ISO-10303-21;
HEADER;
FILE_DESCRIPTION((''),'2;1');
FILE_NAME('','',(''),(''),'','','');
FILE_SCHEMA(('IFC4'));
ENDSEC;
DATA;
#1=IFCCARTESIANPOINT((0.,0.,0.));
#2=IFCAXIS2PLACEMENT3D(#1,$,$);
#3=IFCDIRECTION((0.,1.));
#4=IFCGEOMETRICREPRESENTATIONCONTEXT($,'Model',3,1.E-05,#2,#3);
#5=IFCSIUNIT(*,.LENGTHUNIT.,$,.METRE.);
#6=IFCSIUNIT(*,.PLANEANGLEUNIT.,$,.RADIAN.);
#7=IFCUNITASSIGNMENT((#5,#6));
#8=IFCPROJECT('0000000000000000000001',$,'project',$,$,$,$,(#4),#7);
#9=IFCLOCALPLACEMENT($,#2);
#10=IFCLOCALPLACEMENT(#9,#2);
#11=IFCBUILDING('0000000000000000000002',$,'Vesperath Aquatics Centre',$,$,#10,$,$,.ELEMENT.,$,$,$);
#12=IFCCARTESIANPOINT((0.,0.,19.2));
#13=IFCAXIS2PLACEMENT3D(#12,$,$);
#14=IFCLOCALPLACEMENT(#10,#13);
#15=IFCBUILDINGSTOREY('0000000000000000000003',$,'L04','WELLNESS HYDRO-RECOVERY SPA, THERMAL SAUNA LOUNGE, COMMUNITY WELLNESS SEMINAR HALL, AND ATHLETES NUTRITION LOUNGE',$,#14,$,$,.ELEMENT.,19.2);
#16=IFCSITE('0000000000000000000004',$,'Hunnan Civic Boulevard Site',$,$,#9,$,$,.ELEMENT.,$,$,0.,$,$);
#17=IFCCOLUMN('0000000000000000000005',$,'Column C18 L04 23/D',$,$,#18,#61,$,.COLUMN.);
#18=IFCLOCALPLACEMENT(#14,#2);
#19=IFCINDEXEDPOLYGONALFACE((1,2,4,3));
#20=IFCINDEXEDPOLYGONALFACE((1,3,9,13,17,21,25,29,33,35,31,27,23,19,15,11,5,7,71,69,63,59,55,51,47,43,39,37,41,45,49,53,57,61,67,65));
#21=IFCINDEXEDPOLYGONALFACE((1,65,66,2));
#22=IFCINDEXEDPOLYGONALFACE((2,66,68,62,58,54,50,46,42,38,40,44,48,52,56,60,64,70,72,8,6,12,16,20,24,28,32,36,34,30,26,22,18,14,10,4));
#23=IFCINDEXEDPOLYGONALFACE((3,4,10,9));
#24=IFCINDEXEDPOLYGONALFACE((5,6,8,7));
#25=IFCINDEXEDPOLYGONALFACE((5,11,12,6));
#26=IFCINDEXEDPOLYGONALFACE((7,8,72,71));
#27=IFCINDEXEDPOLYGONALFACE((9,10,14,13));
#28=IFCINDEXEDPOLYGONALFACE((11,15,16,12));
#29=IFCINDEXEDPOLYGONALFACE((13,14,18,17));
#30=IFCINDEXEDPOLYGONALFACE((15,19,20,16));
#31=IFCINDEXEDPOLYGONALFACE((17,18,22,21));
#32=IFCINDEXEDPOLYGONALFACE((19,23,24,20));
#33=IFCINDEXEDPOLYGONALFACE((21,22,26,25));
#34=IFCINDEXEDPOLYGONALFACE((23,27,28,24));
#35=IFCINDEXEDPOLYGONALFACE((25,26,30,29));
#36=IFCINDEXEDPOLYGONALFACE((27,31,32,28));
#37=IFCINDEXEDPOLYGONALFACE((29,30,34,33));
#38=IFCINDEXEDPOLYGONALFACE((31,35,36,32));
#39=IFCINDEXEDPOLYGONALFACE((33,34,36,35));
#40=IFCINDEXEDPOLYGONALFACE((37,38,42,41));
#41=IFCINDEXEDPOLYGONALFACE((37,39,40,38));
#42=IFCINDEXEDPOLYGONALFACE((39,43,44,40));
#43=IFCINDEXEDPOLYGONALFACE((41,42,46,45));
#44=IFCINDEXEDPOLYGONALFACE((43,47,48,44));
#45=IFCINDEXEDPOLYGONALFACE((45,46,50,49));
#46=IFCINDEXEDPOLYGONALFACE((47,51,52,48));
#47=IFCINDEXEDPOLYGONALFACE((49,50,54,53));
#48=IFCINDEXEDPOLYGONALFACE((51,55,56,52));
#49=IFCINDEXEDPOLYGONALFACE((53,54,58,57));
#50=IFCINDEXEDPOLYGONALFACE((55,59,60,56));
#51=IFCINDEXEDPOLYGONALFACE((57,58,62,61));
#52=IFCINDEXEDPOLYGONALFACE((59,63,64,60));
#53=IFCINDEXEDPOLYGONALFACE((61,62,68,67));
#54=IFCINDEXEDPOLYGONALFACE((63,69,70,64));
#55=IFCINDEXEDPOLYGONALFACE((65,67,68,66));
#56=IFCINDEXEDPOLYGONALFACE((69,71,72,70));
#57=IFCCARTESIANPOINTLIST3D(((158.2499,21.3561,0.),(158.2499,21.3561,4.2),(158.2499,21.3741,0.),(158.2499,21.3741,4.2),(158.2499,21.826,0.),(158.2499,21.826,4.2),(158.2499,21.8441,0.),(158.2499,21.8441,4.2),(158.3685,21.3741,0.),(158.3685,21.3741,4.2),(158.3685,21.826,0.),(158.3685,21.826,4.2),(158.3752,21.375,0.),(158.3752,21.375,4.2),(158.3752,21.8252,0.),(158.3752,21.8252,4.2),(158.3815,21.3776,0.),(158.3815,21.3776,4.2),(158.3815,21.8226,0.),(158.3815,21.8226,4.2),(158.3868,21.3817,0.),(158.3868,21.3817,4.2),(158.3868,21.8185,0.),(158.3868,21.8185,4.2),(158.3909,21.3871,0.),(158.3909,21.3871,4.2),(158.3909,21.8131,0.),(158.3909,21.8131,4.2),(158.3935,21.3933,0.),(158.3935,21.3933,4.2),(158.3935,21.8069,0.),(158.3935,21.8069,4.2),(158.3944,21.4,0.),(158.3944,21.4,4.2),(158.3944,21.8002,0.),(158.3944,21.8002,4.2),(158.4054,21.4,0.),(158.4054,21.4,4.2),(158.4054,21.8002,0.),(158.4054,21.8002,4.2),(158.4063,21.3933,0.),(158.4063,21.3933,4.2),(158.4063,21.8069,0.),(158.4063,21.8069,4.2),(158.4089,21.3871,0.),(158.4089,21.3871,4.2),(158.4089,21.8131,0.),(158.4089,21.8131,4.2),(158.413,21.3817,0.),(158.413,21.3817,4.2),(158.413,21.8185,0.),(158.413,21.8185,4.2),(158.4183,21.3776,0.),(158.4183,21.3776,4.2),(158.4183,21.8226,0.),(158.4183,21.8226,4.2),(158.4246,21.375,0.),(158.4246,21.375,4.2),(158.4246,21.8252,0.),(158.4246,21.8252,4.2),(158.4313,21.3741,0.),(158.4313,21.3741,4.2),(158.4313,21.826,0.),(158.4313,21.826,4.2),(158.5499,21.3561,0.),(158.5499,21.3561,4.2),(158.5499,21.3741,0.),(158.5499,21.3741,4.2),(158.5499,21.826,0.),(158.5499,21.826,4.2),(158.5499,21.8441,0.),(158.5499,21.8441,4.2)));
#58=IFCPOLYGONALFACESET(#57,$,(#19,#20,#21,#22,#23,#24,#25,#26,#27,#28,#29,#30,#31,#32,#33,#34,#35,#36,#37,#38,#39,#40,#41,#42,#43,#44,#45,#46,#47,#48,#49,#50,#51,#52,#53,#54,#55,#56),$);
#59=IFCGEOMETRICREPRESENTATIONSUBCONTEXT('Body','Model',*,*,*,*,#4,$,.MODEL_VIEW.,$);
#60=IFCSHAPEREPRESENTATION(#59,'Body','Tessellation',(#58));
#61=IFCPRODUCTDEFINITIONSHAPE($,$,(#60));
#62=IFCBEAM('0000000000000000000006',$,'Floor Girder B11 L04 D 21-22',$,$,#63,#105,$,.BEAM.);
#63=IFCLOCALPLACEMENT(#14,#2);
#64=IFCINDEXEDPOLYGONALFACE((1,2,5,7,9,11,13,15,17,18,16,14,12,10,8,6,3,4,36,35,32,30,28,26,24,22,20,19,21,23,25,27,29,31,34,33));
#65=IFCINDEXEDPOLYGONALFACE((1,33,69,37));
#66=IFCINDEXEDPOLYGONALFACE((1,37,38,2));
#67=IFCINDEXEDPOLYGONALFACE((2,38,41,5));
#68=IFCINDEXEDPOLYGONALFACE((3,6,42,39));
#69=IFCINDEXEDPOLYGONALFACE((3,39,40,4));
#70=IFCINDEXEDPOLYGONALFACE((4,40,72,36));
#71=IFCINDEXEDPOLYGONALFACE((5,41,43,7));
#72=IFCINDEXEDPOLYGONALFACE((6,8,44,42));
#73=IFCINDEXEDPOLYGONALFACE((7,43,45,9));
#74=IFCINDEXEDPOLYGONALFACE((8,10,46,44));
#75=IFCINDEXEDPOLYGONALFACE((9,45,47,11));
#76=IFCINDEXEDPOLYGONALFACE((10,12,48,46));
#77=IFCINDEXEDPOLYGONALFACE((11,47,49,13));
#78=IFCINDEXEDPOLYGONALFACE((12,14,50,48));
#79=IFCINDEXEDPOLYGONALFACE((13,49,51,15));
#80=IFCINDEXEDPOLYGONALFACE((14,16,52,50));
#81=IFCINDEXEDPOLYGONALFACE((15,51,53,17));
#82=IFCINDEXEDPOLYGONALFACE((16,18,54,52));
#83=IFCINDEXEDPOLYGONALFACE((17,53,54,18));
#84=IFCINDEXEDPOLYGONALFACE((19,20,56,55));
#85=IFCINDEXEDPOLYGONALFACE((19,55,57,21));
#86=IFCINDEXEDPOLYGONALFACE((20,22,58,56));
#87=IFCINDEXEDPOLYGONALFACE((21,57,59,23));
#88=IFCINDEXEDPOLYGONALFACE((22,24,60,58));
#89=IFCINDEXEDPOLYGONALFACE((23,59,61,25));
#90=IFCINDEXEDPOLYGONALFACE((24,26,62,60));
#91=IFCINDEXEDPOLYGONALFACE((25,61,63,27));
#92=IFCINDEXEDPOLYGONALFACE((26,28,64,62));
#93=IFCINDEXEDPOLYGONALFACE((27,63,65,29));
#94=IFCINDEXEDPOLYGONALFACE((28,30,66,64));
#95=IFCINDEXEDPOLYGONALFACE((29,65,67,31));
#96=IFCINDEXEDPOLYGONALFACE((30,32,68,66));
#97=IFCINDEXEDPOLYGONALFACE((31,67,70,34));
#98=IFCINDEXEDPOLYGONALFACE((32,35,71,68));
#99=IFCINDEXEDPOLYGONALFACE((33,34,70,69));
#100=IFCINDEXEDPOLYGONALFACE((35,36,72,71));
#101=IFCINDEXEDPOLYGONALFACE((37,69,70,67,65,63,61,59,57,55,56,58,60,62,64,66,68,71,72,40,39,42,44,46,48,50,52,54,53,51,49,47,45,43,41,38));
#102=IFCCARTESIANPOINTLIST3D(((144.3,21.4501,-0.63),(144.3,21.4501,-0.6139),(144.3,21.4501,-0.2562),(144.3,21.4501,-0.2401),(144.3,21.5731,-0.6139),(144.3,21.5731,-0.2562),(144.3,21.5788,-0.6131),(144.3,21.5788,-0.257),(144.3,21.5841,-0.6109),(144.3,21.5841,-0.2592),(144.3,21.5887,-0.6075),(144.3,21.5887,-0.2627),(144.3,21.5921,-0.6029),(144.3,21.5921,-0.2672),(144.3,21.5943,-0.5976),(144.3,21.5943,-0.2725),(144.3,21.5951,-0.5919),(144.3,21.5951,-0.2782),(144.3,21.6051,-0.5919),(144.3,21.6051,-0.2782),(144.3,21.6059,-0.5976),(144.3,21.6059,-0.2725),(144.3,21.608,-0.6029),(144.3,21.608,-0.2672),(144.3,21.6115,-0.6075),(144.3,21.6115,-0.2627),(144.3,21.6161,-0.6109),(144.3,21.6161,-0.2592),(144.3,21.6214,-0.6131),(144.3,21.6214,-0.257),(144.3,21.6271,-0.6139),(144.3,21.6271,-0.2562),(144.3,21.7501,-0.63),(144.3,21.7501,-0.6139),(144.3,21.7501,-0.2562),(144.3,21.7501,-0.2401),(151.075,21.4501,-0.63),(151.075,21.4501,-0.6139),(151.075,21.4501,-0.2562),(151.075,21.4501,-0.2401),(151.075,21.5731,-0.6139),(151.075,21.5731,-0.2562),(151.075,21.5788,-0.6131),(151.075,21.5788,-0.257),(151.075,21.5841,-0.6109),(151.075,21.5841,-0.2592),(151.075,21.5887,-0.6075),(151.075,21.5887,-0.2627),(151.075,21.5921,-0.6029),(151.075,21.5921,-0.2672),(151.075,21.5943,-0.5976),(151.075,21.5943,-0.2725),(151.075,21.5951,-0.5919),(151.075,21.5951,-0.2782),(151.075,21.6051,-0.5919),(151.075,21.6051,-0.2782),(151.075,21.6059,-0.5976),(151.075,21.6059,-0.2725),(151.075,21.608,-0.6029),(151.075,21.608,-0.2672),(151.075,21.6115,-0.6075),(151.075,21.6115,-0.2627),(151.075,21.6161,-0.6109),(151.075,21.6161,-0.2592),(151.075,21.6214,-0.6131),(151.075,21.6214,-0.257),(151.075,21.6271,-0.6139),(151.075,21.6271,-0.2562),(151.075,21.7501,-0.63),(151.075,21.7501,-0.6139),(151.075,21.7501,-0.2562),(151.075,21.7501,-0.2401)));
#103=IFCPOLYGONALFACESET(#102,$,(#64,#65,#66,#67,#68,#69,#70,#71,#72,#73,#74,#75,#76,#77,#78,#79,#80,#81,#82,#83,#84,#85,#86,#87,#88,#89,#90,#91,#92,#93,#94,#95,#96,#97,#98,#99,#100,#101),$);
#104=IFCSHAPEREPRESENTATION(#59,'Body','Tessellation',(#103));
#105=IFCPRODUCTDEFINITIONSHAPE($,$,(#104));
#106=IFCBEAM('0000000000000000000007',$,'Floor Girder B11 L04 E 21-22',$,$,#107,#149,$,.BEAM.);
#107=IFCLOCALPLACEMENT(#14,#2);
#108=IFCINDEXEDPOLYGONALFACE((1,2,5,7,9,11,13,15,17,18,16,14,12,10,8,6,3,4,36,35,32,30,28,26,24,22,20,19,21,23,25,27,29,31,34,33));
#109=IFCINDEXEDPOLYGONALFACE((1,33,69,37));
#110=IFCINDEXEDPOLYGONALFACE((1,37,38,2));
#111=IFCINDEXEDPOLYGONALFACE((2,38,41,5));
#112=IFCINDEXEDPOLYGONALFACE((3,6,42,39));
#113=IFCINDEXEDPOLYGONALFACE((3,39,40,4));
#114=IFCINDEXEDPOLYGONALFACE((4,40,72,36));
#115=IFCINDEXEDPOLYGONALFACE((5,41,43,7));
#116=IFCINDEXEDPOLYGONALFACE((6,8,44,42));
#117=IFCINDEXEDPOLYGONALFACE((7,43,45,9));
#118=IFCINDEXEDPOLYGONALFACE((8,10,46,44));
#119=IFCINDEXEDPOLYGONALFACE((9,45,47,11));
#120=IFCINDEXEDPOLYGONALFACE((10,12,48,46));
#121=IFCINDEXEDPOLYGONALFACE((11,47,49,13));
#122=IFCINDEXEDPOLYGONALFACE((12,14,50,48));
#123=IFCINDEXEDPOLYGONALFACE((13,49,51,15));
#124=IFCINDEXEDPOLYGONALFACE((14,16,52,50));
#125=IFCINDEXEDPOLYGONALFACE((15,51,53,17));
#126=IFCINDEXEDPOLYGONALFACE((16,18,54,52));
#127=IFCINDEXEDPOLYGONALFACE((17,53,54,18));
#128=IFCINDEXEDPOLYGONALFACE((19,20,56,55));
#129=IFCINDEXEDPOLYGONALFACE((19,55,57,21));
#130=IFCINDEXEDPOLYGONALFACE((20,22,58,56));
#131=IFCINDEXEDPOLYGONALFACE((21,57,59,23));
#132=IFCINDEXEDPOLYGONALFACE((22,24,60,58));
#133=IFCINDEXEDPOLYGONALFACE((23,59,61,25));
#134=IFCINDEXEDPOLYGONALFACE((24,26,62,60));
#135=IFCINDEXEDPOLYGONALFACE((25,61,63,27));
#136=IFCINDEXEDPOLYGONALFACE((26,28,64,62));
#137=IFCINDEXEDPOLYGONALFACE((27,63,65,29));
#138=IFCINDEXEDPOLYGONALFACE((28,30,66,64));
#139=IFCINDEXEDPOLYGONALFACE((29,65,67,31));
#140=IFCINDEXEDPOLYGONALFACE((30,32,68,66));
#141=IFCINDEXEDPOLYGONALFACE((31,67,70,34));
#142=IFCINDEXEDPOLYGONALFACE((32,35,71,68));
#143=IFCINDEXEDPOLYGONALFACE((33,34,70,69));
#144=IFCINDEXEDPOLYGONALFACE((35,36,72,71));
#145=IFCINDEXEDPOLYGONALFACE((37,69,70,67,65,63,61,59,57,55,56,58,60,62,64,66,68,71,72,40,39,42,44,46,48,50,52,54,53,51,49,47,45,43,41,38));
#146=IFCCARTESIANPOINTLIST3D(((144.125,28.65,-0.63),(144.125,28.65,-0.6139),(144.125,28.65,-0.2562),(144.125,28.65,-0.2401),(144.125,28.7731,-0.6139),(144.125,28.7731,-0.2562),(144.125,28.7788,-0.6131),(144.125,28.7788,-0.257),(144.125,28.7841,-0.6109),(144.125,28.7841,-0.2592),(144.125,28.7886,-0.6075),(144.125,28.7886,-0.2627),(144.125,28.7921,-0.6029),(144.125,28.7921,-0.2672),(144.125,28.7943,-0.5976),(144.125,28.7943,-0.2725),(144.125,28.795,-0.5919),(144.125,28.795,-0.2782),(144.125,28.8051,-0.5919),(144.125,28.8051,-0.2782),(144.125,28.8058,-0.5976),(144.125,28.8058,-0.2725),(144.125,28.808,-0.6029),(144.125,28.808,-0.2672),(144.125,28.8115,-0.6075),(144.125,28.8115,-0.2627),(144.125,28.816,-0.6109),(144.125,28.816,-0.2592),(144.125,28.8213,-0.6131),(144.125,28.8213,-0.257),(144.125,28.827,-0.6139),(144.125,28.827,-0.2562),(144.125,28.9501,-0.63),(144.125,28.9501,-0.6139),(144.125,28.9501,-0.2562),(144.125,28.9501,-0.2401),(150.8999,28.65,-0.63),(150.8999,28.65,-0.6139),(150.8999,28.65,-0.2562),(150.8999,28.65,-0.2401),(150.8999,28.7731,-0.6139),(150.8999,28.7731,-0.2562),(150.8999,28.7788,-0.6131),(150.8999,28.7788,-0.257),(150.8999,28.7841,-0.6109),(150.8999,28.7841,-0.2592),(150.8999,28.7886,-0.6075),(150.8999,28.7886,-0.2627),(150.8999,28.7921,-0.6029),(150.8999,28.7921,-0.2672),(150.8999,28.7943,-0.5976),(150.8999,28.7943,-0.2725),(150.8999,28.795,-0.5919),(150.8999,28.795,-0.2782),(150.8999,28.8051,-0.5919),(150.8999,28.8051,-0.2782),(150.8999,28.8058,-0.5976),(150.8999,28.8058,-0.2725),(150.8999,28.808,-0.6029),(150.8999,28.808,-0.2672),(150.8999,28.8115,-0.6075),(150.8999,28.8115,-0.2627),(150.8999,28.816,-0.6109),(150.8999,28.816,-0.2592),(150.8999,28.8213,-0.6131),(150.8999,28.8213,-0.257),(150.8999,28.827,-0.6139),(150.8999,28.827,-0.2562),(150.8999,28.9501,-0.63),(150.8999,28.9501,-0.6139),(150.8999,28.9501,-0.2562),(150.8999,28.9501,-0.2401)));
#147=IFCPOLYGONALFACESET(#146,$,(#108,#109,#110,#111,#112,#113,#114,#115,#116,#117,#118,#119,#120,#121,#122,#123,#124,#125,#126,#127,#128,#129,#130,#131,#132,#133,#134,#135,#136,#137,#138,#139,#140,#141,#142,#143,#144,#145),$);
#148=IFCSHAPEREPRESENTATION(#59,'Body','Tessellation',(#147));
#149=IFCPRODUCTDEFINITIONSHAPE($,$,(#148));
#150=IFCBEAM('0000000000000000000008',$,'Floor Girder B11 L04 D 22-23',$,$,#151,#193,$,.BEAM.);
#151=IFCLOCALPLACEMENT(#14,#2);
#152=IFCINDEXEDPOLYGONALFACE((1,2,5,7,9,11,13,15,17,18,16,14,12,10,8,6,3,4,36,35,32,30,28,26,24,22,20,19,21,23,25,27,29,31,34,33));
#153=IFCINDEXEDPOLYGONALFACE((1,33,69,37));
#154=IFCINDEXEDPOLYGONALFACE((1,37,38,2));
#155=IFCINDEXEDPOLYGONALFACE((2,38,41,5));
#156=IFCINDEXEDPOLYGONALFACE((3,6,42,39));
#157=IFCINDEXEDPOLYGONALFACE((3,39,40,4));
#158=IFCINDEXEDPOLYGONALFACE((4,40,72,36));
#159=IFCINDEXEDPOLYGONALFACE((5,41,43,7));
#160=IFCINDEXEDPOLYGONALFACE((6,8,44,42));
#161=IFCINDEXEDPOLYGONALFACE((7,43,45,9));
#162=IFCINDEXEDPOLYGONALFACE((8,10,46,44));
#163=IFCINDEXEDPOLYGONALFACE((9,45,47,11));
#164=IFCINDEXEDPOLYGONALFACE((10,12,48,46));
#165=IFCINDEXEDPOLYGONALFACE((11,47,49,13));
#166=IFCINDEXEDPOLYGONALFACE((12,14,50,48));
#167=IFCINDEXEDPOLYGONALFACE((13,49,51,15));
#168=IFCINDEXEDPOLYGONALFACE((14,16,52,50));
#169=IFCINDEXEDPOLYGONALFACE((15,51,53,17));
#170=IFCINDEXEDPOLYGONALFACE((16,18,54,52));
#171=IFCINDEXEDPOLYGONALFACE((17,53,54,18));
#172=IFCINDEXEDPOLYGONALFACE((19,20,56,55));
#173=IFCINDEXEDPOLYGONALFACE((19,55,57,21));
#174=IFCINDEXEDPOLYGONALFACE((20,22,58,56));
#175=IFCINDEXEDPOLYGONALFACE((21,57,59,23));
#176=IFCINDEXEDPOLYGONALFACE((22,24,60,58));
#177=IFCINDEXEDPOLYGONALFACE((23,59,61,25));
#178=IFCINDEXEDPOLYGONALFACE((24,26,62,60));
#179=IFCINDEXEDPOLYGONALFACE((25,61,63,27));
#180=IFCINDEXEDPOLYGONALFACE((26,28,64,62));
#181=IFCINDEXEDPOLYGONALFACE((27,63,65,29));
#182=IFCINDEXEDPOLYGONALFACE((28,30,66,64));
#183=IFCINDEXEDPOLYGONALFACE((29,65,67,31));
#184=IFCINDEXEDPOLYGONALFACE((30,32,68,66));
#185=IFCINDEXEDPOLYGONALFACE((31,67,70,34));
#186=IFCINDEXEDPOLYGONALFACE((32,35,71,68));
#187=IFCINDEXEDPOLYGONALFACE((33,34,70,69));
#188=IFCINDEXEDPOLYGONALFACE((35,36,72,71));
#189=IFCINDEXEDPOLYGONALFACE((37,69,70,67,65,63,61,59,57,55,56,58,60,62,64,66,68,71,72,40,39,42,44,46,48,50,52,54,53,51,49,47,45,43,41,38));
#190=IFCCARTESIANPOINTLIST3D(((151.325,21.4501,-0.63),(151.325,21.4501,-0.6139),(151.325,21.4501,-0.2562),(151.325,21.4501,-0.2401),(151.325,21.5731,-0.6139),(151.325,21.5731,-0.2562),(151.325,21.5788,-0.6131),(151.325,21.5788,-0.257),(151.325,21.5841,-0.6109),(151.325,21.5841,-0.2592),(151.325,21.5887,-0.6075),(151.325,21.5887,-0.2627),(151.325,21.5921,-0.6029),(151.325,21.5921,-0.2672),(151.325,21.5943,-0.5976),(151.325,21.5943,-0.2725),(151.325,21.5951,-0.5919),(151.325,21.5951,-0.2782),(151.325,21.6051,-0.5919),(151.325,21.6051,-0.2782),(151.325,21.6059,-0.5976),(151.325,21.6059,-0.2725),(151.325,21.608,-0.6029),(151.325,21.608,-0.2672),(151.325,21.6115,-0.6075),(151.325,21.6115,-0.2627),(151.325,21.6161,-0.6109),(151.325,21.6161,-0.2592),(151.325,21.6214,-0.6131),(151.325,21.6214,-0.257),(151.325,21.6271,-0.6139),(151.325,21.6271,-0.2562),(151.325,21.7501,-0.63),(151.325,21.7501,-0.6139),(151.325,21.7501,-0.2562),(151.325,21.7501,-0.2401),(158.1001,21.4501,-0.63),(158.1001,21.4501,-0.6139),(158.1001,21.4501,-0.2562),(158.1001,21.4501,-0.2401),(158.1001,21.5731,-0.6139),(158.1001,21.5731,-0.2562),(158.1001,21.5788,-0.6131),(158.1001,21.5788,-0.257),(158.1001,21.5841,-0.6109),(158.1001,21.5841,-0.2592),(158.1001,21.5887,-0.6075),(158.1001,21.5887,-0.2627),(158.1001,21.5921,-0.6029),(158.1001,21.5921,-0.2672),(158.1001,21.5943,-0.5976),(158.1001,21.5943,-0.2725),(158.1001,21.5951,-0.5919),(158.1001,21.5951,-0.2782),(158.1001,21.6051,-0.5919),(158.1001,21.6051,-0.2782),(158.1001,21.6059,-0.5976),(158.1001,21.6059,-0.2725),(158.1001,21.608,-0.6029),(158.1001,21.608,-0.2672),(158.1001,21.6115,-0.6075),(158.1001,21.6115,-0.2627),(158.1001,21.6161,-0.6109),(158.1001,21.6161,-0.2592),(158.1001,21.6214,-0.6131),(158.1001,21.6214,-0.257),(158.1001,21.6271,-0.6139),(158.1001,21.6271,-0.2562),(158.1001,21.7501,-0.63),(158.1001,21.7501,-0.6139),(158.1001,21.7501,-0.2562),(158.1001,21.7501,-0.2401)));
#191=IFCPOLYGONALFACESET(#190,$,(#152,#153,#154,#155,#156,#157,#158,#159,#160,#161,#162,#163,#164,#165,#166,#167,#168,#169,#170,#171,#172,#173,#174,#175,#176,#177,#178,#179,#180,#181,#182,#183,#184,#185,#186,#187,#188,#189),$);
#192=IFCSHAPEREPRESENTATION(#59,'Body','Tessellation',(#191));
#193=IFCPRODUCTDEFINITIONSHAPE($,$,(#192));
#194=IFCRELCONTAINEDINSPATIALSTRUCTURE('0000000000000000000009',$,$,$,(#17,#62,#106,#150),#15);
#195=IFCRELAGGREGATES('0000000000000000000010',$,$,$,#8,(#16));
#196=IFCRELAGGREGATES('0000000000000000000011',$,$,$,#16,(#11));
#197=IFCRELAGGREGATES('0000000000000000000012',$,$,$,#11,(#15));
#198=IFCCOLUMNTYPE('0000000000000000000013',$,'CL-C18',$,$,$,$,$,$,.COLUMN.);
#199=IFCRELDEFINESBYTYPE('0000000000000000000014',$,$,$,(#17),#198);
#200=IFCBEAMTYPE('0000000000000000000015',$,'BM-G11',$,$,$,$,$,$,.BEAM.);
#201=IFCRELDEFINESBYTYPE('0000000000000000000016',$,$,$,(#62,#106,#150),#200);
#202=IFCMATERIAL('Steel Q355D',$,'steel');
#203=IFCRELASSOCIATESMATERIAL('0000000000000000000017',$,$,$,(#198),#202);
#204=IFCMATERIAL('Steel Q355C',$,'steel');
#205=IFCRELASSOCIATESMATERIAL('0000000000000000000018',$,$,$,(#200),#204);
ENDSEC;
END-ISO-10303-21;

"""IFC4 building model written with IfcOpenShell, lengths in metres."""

from ifc_helpers import new_model, si_unit, direction, frame, origin, origin_2d, place, context, subcontext, project, spatial, i_section, extrude, material, material_profile, profile_set, type_object, element, save


model = new_model("IFC4")

# Units and contexts
model_context = context("Model", 3, precision=1e-05, world=origin(), true_north=direction((0.0, 1.0)))
body_context = subcontext(model_context, "Body", "Model", "MODEL_VIEW")
ifc_project = project(units=[si_unit("LENGTHUNIT", "METRE"), si_unit("PLANEANGLEUNIT", "RADIAN")], contexts=[model_context])

# Site, building, storey
site_placement = place(None, origin())
site = spatial("IfcSite", under=ifc_project, at=site_placement, Name="Hunnan Civic Boulevard Site", CompositionType="ELEMENT", RefElevation=0.0)
building_placement = place(site_placement, origin())
building = spatial("IfcBuilding", under=site, at=building_placement, Name="Vesperath Aquatics Centre", CompositionType="ELEMENT")
storey_placement = place(building_placement, frame((0.0, 0.0, 19.2)))
storey = spatial("IfcBuildingStorey", under=building, at=storey_placement, Name="L04", Description="WELLNESS HYDRO-RECOVERY SPA, THERMAL SAUNA LOUNGE, COMMUNITY WELLNESS SEMINAR HALL, AND ATHLETES NUTRITION LOUNGE", CompositionType="ELEMENT", Elevation=19.2)

# Column
ifc_material_1 = material(Name="Steel Q355C", Category="steel")
ifc_material_2 = material(Name="Steel Q355D", Category="steel")
ifc_material_profile_1 = material_profile(ifc_material_2, i_section(OverallWidth=0.3, OverallDepth=0.488, WebThickness=0.011, FlangeThickness=0.0181, FilletRadius=0.0259, at=origin_2d()), Name="HM 488x300x11x18")
ifc_profile_set_1 = profile_set([ifc_material_profile_1], Name="Steel Q355D")
column_type_1 = type_object("IfcColumnType", Name="CL-C18", PredefinedType="COLUMN", material=ifc_profile_set_1)
column_placement = place(storey_placement, frame((158.3999, 21.6001, 0.0), z_axis=(0.0, 0.0, 1.0), x_axis=(1.0, 0.0, 0.0)))
element("IfcColumn", 1, at=column_placement, inside=storey, type_object=column_type_1, Name="Column C18 L04 23/D", PredefinedType="COLUMN", context=body_context, shape_type="SweptSolid", body=[
    extrude(i_section(OverallWidth=0.3, OverallDepth=0.488, WebThickness=0.011, FlangeThickness=0.0181, FilletRadius=0.0259, at=origin_2d()), origin(), (0.0, 0.0, 1.0), 4.2),
])

# Beams
ifc_material_profile_2 = material_profile(ifc_material_1, i_section(OverallWidth=0.3, OverallDepth=0.3899, WebThickness=0.01, FlangeThickness=0.0161, FilletRadius=0.022, at=origin_2d()), Name="HM 390x300x10x16")
ifc_profile_set_2 = profile_set([ifc_material_profile_2], Name="Steel Q355C")
beam_type_1 = type_object("IfcBeamType", Name="BM-G11", PredefinedType="BEAM", material=ifc_profile_set_2)
for number, where, z_axis, x_axis, name in (
    (2, (144.3, 21.6001, -0.4351), (1.0, 0.0, 0.0), (0.0, 1.0, 0.0), "Floor Girder B11 L04 D 21-22"),
    (3, (144.125, 28.8, -0.4351), (1.0, 0.0, 0.0), (0.0, 1.0, 0.0), "Floor Girder B11 L04 E 21-22"),
):
    element("IfcBeam", number, at=place(storey_placement, frame(where, z_axis=z_axis, x_axis=x_axis)), inside=storey, type_object=beam_type_1, Name=name, PredefinedType="BEAM", context=body_context, shape_type="SweptSolid", body=[
        extrude(i_section(OverallWidth=0.3, OverallDepth=0.3899, WebThickness=0.01, FlangeThickness=0.0161, FilletRadius=0.022, at=origin_2d()), origin(), (0.0, 0.0, 1.0), 6.7749),
    ])
beam_1_placement = place(storey_placement, frame((151.325, 21.6001, -0.4351), z_axis=(1.0, 0.0, 0.0), x_axis=(0.0, 1.0, 0.0)))
element("IfcBeam", 4, at=beam_1_placement, inside=storey, type_object=beam_type_1, Name="Floor Girder B11 L04 D 22-23", PredefinedType="BEAM", context=body_context, shape_type="SweptSolid", body=[
    extrude(i_section(OverallWidth=0.3, OverallDepth=0.3899, WebThickness=0.01, FlangeThickness=0.0161, FilletRadius=0.022, at=origin_2d()), origin(), (0.0, 0.0, 1.0), 6.7751),
])

save(model, "model.ifc")
